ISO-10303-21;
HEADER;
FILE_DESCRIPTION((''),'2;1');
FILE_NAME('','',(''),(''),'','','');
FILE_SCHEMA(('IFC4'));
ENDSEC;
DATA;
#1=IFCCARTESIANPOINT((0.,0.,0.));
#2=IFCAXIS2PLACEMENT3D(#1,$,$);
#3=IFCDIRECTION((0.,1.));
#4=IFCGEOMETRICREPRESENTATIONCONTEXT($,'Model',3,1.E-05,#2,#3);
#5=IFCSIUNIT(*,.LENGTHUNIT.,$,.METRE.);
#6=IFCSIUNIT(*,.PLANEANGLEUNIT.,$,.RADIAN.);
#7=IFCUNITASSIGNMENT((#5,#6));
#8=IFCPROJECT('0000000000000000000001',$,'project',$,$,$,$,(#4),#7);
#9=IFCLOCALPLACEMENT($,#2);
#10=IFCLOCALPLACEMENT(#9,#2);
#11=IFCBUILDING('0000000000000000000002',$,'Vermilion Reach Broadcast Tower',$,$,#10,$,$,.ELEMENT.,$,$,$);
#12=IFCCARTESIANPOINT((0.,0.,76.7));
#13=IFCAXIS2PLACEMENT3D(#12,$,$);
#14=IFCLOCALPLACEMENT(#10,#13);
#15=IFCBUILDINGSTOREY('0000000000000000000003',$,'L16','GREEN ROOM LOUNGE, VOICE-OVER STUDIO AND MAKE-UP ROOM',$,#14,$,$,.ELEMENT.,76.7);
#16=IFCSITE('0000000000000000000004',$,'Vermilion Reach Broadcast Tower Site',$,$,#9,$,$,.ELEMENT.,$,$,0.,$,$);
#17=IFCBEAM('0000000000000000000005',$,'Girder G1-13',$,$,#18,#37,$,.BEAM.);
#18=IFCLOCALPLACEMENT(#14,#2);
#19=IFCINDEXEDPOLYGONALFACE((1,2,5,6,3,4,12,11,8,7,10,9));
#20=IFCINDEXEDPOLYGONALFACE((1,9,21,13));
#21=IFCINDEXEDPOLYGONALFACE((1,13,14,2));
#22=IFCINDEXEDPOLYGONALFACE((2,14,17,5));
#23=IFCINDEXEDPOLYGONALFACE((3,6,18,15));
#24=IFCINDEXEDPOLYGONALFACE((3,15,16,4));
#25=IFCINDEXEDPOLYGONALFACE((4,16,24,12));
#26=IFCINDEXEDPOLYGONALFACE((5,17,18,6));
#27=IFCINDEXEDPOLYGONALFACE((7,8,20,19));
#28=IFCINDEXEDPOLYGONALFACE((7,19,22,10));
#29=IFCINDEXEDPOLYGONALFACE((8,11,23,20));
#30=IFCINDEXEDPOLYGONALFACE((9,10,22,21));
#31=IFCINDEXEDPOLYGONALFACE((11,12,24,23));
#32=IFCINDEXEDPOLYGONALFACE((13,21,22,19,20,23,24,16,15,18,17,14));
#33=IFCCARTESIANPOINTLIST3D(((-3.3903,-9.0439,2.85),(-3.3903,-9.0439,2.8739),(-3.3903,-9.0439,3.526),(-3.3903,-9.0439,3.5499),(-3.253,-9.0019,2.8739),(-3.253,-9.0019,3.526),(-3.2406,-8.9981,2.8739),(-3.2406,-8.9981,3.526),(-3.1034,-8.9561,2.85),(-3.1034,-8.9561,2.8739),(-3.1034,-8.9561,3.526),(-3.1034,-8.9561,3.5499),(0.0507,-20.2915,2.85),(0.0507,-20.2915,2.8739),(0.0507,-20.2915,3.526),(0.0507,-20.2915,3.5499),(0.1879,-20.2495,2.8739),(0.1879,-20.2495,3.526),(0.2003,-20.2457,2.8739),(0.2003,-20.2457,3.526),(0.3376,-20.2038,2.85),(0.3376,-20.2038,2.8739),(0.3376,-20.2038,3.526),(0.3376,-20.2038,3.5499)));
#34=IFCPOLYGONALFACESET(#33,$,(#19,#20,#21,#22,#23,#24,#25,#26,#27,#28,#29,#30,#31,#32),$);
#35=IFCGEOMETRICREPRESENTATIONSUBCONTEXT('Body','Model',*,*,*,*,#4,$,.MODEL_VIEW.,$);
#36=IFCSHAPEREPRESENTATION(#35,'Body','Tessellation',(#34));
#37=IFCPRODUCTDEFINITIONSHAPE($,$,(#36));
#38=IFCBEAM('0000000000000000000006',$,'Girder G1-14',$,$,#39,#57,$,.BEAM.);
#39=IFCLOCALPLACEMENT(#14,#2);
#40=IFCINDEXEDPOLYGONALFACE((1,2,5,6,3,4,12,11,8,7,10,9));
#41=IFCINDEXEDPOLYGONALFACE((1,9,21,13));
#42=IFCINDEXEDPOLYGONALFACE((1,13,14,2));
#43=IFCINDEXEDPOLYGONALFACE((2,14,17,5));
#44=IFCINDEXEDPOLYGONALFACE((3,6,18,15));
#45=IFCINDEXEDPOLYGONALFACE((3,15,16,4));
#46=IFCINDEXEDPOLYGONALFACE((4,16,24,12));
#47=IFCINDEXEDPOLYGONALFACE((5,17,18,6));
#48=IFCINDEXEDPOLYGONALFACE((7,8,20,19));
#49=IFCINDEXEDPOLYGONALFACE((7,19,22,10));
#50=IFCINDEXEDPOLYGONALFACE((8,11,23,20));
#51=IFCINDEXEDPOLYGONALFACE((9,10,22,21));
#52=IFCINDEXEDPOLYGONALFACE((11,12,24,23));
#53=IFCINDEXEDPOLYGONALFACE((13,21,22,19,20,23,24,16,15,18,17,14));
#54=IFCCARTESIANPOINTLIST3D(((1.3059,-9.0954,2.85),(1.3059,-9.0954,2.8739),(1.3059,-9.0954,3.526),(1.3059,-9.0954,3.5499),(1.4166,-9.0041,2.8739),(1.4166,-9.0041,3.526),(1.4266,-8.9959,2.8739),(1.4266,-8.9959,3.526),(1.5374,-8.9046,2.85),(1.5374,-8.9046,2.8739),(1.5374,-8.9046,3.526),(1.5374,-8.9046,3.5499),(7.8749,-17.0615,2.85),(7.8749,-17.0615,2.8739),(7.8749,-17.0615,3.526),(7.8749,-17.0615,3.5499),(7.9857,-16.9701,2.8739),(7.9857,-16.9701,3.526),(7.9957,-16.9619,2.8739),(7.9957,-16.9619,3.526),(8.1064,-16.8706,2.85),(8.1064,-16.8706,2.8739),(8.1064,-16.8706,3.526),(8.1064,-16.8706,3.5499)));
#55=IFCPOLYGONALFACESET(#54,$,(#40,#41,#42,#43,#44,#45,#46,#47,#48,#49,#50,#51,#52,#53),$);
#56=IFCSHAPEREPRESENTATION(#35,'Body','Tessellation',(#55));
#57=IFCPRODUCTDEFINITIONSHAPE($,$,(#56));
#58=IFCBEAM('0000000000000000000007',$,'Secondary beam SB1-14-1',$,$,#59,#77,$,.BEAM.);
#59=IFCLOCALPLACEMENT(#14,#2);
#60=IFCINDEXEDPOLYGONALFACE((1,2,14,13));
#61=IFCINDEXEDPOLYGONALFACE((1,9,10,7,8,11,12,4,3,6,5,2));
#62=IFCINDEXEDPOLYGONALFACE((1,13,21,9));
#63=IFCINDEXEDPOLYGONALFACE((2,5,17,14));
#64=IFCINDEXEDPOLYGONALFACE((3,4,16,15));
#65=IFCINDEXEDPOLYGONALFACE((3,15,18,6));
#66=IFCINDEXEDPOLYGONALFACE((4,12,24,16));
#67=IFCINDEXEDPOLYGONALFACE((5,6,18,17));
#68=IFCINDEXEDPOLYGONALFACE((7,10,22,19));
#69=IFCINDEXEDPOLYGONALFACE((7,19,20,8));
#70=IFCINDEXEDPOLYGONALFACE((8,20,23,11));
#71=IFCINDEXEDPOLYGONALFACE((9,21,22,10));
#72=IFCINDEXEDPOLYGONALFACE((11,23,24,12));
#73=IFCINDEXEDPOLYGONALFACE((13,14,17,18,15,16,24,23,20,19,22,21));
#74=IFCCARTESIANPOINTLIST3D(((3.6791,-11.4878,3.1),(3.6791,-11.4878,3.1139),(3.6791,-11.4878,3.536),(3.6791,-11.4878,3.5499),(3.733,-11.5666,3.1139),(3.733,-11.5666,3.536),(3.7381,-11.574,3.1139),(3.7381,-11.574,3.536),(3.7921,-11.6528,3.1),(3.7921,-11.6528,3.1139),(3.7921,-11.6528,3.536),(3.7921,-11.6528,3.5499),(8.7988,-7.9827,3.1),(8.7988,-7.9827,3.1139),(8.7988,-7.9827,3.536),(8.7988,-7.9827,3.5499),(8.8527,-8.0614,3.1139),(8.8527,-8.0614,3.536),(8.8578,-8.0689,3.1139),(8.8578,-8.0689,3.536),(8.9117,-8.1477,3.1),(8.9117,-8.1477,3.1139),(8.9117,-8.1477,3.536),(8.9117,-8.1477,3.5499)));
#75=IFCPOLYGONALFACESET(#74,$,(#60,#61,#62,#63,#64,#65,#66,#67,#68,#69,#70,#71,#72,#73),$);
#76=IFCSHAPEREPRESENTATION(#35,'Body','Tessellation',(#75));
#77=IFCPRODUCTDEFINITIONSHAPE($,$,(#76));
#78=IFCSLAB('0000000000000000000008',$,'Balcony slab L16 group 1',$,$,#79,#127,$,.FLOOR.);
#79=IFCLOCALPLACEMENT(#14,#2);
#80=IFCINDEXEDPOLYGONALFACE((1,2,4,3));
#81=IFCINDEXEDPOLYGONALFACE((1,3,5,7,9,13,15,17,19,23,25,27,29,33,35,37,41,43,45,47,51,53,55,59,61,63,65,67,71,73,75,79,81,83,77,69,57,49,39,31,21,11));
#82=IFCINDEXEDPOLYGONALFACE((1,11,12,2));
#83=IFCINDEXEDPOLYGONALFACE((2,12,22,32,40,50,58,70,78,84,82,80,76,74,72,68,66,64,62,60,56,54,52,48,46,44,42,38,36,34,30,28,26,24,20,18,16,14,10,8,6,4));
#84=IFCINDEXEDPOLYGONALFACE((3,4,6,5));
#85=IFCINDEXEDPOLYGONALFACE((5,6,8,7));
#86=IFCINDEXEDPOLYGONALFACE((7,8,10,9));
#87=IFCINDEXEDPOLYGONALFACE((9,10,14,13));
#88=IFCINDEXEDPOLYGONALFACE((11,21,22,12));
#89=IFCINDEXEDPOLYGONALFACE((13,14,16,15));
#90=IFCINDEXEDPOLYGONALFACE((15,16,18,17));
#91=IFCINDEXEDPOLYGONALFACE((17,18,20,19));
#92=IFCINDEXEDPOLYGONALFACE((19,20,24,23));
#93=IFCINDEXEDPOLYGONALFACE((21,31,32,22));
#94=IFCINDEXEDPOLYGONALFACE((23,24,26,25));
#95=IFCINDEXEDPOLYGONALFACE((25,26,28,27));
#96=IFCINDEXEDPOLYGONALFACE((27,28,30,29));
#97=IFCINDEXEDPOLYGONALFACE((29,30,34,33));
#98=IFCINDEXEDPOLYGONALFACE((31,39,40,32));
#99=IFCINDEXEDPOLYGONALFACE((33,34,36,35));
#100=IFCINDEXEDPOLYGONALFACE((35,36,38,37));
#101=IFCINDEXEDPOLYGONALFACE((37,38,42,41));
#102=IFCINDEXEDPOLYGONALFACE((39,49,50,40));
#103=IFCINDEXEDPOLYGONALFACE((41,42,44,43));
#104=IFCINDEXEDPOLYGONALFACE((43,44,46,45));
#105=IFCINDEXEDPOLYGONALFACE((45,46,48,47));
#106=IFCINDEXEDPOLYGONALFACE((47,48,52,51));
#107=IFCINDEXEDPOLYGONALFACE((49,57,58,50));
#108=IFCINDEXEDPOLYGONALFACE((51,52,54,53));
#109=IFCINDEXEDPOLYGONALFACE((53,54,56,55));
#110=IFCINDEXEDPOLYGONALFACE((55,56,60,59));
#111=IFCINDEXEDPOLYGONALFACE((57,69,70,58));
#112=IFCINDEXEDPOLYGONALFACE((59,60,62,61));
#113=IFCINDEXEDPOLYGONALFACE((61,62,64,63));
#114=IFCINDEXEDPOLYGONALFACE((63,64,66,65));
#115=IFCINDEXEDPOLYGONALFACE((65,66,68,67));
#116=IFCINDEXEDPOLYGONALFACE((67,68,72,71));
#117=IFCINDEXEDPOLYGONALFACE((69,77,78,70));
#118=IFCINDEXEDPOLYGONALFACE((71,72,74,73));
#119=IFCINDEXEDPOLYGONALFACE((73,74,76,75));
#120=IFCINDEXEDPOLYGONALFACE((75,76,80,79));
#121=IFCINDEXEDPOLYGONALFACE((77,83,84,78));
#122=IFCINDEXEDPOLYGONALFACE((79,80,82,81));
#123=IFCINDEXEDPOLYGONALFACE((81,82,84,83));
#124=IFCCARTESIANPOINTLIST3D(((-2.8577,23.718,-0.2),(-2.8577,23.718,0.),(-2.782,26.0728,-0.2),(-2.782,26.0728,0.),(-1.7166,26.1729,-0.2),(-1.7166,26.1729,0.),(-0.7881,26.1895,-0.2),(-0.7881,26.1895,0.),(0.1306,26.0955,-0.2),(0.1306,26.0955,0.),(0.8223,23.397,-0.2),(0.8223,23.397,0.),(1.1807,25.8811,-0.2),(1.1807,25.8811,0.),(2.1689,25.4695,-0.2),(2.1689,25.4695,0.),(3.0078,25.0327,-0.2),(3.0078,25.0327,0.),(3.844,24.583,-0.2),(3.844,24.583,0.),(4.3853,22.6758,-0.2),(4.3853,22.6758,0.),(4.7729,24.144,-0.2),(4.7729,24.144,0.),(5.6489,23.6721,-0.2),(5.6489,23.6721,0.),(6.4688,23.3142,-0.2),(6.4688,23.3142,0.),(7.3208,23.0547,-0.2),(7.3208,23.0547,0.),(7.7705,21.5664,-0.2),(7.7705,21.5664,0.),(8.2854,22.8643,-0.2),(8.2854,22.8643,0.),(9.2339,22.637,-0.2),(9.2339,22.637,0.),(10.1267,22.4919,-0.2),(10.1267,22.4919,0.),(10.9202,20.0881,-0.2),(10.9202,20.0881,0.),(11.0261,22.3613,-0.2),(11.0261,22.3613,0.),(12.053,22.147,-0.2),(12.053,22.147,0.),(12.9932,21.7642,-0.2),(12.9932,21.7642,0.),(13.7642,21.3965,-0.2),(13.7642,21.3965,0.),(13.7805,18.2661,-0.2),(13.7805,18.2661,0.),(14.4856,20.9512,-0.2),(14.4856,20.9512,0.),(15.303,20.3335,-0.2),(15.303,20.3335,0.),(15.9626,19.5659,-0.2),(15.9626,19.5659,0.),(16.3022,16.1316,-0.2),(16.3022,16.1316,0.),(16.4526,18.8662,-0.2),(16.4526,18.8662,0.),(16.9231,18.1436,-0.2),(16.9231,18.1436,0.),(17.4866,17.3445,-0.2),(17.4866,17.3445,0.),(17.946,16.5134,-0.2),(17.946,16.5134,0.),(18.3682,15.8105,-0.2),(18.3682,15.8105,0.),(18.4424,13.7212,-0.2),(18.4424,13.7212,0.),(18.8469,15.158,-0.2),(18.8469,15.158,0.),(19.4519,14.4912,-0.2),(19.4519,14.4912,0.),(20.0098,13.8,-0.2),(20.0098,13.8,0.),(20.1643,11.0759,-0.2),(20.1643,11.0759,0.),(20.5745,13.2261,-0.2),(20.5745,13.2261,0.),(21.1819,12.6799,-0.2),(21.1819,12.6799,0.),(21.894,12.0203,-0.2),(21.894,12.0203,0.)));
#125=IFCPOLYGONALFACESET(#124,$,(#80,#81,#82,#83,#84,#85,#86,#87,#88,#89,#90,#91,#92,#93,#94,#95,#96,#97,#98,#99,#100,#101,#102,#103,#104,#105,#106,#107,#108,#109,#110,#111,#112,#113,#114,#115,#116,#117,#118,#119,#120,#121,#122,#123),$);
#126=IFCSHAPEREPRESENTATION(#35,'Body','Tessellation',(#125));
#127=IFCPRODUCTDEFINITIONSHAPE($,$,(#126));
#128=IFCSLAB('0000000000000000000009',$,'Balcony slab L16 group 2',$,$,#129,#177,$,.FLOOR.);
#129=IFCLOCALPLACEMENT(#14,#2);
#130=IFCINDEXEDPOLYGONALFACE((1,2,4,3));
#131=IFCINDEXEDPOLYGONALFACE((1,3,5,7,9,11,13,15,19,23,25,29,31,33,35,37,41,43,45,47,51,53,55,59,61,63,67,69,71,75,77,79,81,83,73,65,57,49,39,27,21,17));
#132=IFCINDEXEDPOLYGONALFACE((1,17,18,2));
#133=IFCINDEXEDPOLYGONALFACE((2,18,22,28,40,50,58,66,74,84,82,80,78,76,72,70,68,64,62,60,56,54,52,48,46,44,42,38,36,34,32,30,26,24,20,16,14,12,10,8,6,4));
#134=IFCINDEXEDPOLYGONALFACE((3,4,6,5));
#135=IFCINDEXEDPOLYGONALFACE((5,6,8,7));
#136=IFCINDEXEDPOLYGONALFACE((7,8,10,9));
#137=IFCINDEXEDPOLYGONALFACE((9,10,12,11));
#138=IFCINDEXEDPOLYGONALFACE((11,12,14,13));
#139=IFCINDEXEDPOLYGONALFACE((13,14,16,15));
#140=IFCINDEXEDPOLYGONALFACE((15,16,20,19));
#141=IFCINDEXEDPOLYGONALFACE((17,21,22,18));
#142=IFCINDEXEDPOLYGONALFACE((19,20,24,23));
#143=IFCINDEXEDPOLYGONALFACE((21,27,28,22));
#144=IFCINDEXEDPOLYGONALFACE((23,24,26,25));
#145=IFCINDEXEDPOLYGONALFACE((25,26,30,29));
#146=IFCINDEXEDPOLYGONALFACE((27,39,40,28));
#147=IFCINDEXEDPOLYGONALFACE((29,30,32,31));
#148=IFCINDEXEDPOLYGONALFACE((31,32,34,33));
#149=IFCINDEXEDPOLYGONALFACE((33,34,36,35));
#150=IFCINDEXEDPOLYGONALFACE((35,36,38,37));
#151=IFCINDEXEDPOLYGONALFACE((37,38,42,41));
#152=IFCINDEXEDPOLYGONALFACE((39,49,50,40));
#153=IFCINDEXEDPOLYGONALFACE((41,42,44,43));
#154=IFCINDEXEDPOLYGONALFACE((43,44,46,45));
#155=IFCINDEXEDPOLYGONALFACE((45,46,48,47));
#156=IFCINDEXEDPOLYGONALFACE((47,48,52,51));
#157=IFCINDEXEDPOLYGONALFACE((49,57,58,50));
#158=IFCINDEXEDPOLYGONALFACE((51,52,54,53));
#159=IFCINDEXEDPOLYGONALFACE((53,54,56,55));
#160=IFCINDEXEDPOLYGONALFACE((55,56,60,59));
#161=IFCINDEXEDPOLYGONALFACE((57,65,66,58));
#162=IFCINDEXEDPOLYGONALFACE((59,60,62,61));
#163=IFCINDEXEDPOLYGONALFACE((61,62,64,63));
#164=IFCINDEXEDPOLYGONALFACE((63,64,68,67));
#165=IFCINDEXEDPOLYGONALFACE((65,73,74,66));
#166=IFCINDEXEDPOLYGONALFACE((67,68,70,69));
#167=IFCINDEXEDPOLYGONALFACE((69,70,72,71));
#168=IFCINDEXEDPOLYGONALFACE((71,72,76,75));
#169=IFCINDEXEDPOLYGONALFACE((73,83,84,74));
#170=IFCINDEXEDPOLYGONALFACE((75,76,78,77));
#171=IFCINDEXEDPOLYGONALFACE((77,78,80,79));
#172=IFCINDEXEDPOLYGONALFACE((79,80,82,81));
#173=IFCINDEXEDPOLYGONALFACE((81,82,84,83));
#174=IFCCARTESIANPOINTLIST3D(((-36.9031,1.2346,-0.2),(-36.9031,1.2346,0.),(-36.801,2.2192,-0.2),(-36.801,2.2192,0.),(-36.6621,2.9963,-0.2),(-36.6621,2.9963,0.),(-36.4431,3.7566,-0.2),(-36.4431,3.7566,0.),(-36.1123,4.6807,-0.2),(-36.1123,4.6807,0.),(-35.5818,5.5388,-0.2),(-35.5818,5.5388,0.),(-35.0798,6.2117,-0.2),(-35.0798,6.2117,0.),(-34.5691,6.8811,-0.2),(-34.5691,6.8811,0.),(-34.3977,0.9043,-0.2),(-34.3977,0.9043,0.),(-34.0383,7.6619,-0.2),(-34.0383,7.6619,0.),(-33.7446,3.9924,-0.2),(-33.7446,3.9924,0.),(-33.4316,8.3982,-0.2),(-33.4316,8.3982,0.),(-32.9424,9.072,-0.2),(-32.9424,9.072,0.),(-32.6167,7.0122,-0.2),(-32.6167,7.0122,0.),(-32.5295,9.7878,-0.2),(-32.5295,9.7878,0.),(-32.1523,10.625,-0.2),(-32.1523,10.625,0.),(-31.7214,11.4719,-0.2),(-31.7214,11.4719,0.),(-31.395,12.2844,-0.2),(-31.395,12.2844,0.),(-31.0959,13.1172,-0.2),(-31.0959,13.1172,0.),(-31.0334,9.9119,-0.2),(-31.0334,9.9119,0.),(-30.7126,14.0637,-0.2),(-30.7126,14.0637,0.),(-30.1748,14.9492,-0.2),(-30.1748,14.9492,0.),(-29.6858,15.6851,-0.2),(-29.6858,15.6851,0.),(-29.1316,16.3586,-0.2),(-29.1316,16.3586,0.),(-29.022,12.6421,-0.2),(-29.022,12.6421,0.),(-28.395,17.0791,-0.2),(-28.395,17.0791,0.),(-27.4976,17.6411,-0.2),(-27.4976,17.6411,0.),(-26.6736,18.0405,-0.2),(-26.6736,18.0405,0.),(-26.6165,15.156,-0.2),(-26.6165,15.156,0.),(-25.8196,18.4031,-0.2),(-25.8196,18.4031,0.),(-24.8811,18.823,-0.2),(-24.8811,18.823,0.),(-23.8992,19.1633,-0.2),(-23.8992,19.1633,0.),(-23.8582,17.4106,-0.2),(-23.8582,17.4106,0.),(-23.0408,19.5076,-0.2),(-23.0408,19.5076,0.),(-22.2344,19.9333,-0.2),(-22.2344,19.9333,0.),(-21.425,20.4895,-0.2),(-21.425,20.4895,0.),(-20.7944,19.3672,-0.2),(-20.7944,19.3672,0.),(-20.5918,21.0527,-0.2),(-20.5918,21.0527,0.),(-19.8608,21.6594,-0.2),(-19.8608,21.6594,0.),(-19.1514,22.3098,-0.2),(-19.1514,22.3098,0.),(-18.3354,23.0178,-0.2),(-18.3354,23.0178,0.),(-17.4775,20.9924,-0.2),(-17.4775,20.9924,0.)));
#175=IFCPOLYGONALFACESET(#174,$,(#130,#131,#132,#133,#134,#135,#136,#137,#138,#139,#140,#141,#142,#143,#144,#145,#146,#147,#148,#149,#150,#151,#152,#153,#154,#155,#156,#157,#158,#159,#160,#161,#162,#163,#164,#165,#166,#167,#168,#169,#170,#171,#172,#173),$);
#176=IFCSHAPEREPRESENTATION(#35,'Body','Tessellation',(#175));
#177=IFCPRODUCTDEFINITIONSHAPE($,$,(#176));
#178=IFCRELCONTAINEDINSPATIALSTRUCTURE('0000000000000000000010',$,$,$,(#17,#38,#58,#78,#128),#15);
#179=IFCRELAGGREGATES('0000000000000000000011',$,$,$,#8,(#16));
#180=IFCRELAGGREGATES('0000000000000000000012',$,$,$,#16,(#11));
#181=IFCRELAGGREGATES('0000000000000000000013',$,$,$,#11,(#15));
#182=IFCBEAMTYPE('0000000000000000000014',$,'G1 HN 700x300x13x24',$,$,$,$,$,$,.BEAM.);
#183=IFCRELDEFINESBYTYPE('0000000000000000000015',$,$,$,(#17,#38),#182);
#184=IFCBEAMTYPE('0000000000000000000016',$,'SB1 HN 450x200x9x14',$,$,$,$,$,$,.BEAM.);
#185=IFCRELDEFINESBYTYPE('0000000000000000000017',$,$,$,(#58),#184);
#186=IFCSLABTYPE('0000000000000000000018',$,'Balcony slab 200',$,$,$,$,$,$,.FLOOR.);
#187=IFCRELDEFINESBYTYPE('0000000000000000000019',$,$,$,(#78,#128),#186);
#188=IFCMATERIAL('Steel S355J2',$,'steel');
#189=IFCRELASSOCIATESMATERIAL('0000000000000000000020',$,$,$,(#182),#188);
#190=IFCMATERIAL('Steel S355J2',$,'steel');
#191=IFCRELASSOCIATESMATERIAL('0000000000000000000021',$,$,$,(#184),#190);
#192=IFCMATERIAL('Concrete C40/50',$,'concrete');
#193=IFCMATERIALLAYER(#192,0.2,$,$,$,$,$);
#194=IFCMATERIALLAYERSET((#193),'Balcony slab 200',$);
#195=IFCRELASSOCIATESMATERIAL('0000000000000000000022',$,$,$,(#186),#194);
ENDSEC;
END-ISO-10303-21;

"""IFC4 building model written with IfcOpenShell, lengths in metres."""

from ifc_helpers import new_model, si_unit, direction, frame, origin, origin_2d, place, context, subcontext, project, spatial, polyline, i_section, outline, extrude, material, layer, layer_set, material_profile, profile_set, type_object, element, save


model = new_model("IFC4")

# Units and contexts
model_context = context("Model", 3, precision=1e-05, world=origin(), true_north=direction((0.0, 1.0)))
body_context = subcontext(model_context, "Body", "Model", "MODEL_VIEW")
ifc_project = project(units=[si_unit("LENGTHUNIT", "METRE"), si_unit("PLANEANGLEUNIT", "RADIAN")], contexts=[model_context])

# Site, building, storey
site_placement = place(None, origin())
site = spatial("IfcSite", under=ifc_project, at=site_placement, Name="Vermilion Reach Broadcast Tower Site", CompositionType="ELEMENT", RefElevation=0.0)
building_placement = place(site_placement, origin())
building = spatial("IfcBuilding", under=site, at=building_placement, Name="Vermilion Reach Broadcast Tower", CompositionType="ELEMENT")
storey_placement = place(building_placement, frame((0.0, 0.0, 76.7)))
storey = spatial("IfcBuildingStorey", under=building, at=storey_placement, Name="L16", Description="GREEN ROOM LOUNGE, VOICE-OVER STUDIO AND MAKE-UP ROOM", CompositionType="ELEMENT", Elevation=76.7)

# Beams
ifc_material_1 = material(Name="Steel S355J2", Category="steel")
ifc_material_profile_1 = material_profile(ifc_material_1, i_section(OverallWidth=0.3, OverallDepth=0.7, WebThickness=0.0129, FlangeThickness=0.0239, at=origin_2d()), Name="S355J2 HN 700x300x13x24")
ifc_profile_set_1 = profile_set([ifc_material_profile_1], Name="Steel S355J2")
beam_type_1 = type_object("IfcBeamType", Name="G1 HN 700x300x13x24", PredefinedType="BEAM", material=ifc_profile_set_1)
beam_1_placement = place(storey_placement, frame((-3.2468, -9.0, 3.2), z_axis=(0.292542, -0.956253, 0.0), x_axis=(0.956253, 0.292542, 0.0)))
element("IfcBeam", 1, at=beam_1_placement, inside=storey, type_object=beam_type_1, Name="Girder G1-13", PredefinedType="BEAM", context=body_context, shape_type="SweptSolid", body=[
    extrude(i_section(OverallWidth=0.3, OverallDepth=0.7, WebThickness=0.0129, FlangeThickness=0.0239, at=origin_2d()), origin(), (0.0, 0.0, 1.0), 11.7622),
])
beam_2_placement = place(storey_placement, frame((1.4216, -9.0, 3.2), z_axis=(0.636215, -0.771512, 0.0), x_axis=(0.771512, 0.636215, 0.0)))
element("IfcBeam", 2, at=beam_2_placement, inside=storey, type_object=beam_type_1, Name="Girder G1-14", PredefinedType="BEAM", context=body_context, shape_type="SweptSolid", body=[
    extrude(i_section(OverallWidth=0.3, OverallDepth=0.7, WebThickness=0.0129, FlangeThickness=0.0239, at=origin_2d()), origin(), (0.0, 0.0, 1.0), 10.3252),
])
ifc_material_2 = material(Name="Steel S355J2", Category="steel")
ifc_material_profile_2 = material_profile(ifc_material_2, i_section(OverallWidth=0.2, OverallDepth=0.45, WebThickness=0.009, FlangeThickness=0.0139, at=origin_2d()), Name="S355J2 HN 450x200x9x14")
ifc_profile_set_2 = profile_set([ifc_material_profile_2], Name="Steel S355J2")
beam_type_2 = type_object("IfcBeamType", Name="SB1 HN 450x200x9x14", PredefinedType="BEAM", material=ifc_profile_set_2)
beam_3_placement = place(storey_placement, frame((3.7356, -11.5703, 3.325), z_axis=(0.82514, 0.564928, 0.0), x_axis=(-0.564928, 0.82514, 0.0)))
element("IfcBeam", 3, at=beam_3_placement, inside=storey, type_object=beam_type_2, Name="Secondary beam SB1-14-1", PredefinedType="BEAM", context=body_context, shape_type="SweptSolid", body=[
    extrude(i_section(OverallWidth=0.2, OverallDepth=0.45, WebThickness=0.009, FlangeThickness=0.0139, at=origin_2d()), origin(), (0.0, 0.0, 1.0), 6.2046),
])

# Slabs
ifc_material_3 = material(Name="Concrete C40/50", Category="concrete")
ifc_layer_1 = layer(ifc_material_3, 0.2)
ifc_layer_set_1 = layer_set([ifc_layer_1], Name="Balcony slab 200")
slab_type_1 = type_object("IfcSlabType", Name="Balcony slab 200", PredefinedType="FLOOR", material=ifc_layer_set_1)
placement = place(storey_placement, frame((0.0, 0.0, -0.2)))
element("IfcSlab", 4, at=placement, inside=storey, type_object=slab_type_1, Name="Balcony slab L16 group 1", PredefinedType="FLOOR", context=body_context, shape_type="SweptSolid", body=[
    extrude(outline(polyline([(20.1643, 11.0759), (18.4424, 13.7212), (16.3022, 16.1316), (13.7805, 18.2661), (10.9202, 20.0881), (7.7705, 21.5664), (4.3853, 22.6758), (0.8223, 23.397), (-2.8577, 23.718), (-2.782, 26.0728), (-1.7166, 26.1729), (-0.7881, 26.1895), (0.1306, 26.0955), (1.1807, 25.8811), (2.1689, 25.4695), (3.0078, 25.0327), (3.844, 24.583), (4.7729, 24.144), (5.6489, 23.6721), (6.4688, 23.3142), (7.3208, 23.0547), (8.2854, 22.8643), (9.2339, 22.637), (10.1267, 22.4919), (11.0261, 22.3613), (12.053, 22.147), (12.9932, 21.7642), (13.7642, 21.3965), (14.4856, 20.9512), (15.303, 20.3335), (15.9626, 19.5659), (16.4526, 18.8662), (16.9231, 18.1436), (17.4866, 17.3445), (17.946, 16.5134), (18.3682, 15.8105), (18.8469, 15.158), (19.4519, 14.4912), (20.0098, 13.8), (20.5745, 13.2261), (21.1819, 12.6799), (21.894, 12.0203), (20.1643, 11.0759)])), origin(), (0.0, 0.0, 1.0), 0.2),
])
element("IfcSlab", 5, at=placement, inside=storey, type_object=slab_type_1, Name="Balcony slab L16 group 2", PredefinedType="FLOOR", context=body_context, shape_type="SweptSolid", body=[
    extrude(outline(polyline([(-17.4775, 20.9924), (-20.7944, 19.3672), (-23.8582, 17.4106), (-26.6165, 15.156), (-29.022, 12.6421), (-31.0334, 9.9119), (-32.6167, 7.0122), (-33.7446, 3.9924), (-34.3977, 0.9043), (-36.9031, 1.2346), (-36.801, 2.2192), (-36.6621, 2.9963), (-36.4431, 3.7566), (-36.1123, 4.6807), (-35.5818, 5.5388), (-35.0798, 6.2117), (-34.5691, 6.8811), (-34.0383, 7.6619), (-33.4316, 8.3982), (-32.9424, 9.072), (-32.5295, 9.7878), (-32.1523, 10.625), (-31.7214, 11.4719), (-31.395, 12.2844), (-31.0959, 13.1172), (-30.7126, 14.0637), (-30.1748, 14.9492), (-29.6858, 15.6851), (-29.1316, 16.3586), (-28.395, 17.0791), (-27.4976, 17.6411), (-26.6736, 18.0405), (-25.8196, 18.4031), (-24.8811, 18.823), (-23.8992, 19.1633), (-23.0408, 19.5076), (-22.2344, 19.9333), (-21.425, 20.4895), (-20.5918, 21.0527), (-19.8608, 21.6594), (-19.1514, 22.3098), (-18.3354, 23.0178), (-17.4775, 20.9924)])), origin(), (0.0, 0.0, 1.0), 0.2),
])

save(model, "model.ifc")
